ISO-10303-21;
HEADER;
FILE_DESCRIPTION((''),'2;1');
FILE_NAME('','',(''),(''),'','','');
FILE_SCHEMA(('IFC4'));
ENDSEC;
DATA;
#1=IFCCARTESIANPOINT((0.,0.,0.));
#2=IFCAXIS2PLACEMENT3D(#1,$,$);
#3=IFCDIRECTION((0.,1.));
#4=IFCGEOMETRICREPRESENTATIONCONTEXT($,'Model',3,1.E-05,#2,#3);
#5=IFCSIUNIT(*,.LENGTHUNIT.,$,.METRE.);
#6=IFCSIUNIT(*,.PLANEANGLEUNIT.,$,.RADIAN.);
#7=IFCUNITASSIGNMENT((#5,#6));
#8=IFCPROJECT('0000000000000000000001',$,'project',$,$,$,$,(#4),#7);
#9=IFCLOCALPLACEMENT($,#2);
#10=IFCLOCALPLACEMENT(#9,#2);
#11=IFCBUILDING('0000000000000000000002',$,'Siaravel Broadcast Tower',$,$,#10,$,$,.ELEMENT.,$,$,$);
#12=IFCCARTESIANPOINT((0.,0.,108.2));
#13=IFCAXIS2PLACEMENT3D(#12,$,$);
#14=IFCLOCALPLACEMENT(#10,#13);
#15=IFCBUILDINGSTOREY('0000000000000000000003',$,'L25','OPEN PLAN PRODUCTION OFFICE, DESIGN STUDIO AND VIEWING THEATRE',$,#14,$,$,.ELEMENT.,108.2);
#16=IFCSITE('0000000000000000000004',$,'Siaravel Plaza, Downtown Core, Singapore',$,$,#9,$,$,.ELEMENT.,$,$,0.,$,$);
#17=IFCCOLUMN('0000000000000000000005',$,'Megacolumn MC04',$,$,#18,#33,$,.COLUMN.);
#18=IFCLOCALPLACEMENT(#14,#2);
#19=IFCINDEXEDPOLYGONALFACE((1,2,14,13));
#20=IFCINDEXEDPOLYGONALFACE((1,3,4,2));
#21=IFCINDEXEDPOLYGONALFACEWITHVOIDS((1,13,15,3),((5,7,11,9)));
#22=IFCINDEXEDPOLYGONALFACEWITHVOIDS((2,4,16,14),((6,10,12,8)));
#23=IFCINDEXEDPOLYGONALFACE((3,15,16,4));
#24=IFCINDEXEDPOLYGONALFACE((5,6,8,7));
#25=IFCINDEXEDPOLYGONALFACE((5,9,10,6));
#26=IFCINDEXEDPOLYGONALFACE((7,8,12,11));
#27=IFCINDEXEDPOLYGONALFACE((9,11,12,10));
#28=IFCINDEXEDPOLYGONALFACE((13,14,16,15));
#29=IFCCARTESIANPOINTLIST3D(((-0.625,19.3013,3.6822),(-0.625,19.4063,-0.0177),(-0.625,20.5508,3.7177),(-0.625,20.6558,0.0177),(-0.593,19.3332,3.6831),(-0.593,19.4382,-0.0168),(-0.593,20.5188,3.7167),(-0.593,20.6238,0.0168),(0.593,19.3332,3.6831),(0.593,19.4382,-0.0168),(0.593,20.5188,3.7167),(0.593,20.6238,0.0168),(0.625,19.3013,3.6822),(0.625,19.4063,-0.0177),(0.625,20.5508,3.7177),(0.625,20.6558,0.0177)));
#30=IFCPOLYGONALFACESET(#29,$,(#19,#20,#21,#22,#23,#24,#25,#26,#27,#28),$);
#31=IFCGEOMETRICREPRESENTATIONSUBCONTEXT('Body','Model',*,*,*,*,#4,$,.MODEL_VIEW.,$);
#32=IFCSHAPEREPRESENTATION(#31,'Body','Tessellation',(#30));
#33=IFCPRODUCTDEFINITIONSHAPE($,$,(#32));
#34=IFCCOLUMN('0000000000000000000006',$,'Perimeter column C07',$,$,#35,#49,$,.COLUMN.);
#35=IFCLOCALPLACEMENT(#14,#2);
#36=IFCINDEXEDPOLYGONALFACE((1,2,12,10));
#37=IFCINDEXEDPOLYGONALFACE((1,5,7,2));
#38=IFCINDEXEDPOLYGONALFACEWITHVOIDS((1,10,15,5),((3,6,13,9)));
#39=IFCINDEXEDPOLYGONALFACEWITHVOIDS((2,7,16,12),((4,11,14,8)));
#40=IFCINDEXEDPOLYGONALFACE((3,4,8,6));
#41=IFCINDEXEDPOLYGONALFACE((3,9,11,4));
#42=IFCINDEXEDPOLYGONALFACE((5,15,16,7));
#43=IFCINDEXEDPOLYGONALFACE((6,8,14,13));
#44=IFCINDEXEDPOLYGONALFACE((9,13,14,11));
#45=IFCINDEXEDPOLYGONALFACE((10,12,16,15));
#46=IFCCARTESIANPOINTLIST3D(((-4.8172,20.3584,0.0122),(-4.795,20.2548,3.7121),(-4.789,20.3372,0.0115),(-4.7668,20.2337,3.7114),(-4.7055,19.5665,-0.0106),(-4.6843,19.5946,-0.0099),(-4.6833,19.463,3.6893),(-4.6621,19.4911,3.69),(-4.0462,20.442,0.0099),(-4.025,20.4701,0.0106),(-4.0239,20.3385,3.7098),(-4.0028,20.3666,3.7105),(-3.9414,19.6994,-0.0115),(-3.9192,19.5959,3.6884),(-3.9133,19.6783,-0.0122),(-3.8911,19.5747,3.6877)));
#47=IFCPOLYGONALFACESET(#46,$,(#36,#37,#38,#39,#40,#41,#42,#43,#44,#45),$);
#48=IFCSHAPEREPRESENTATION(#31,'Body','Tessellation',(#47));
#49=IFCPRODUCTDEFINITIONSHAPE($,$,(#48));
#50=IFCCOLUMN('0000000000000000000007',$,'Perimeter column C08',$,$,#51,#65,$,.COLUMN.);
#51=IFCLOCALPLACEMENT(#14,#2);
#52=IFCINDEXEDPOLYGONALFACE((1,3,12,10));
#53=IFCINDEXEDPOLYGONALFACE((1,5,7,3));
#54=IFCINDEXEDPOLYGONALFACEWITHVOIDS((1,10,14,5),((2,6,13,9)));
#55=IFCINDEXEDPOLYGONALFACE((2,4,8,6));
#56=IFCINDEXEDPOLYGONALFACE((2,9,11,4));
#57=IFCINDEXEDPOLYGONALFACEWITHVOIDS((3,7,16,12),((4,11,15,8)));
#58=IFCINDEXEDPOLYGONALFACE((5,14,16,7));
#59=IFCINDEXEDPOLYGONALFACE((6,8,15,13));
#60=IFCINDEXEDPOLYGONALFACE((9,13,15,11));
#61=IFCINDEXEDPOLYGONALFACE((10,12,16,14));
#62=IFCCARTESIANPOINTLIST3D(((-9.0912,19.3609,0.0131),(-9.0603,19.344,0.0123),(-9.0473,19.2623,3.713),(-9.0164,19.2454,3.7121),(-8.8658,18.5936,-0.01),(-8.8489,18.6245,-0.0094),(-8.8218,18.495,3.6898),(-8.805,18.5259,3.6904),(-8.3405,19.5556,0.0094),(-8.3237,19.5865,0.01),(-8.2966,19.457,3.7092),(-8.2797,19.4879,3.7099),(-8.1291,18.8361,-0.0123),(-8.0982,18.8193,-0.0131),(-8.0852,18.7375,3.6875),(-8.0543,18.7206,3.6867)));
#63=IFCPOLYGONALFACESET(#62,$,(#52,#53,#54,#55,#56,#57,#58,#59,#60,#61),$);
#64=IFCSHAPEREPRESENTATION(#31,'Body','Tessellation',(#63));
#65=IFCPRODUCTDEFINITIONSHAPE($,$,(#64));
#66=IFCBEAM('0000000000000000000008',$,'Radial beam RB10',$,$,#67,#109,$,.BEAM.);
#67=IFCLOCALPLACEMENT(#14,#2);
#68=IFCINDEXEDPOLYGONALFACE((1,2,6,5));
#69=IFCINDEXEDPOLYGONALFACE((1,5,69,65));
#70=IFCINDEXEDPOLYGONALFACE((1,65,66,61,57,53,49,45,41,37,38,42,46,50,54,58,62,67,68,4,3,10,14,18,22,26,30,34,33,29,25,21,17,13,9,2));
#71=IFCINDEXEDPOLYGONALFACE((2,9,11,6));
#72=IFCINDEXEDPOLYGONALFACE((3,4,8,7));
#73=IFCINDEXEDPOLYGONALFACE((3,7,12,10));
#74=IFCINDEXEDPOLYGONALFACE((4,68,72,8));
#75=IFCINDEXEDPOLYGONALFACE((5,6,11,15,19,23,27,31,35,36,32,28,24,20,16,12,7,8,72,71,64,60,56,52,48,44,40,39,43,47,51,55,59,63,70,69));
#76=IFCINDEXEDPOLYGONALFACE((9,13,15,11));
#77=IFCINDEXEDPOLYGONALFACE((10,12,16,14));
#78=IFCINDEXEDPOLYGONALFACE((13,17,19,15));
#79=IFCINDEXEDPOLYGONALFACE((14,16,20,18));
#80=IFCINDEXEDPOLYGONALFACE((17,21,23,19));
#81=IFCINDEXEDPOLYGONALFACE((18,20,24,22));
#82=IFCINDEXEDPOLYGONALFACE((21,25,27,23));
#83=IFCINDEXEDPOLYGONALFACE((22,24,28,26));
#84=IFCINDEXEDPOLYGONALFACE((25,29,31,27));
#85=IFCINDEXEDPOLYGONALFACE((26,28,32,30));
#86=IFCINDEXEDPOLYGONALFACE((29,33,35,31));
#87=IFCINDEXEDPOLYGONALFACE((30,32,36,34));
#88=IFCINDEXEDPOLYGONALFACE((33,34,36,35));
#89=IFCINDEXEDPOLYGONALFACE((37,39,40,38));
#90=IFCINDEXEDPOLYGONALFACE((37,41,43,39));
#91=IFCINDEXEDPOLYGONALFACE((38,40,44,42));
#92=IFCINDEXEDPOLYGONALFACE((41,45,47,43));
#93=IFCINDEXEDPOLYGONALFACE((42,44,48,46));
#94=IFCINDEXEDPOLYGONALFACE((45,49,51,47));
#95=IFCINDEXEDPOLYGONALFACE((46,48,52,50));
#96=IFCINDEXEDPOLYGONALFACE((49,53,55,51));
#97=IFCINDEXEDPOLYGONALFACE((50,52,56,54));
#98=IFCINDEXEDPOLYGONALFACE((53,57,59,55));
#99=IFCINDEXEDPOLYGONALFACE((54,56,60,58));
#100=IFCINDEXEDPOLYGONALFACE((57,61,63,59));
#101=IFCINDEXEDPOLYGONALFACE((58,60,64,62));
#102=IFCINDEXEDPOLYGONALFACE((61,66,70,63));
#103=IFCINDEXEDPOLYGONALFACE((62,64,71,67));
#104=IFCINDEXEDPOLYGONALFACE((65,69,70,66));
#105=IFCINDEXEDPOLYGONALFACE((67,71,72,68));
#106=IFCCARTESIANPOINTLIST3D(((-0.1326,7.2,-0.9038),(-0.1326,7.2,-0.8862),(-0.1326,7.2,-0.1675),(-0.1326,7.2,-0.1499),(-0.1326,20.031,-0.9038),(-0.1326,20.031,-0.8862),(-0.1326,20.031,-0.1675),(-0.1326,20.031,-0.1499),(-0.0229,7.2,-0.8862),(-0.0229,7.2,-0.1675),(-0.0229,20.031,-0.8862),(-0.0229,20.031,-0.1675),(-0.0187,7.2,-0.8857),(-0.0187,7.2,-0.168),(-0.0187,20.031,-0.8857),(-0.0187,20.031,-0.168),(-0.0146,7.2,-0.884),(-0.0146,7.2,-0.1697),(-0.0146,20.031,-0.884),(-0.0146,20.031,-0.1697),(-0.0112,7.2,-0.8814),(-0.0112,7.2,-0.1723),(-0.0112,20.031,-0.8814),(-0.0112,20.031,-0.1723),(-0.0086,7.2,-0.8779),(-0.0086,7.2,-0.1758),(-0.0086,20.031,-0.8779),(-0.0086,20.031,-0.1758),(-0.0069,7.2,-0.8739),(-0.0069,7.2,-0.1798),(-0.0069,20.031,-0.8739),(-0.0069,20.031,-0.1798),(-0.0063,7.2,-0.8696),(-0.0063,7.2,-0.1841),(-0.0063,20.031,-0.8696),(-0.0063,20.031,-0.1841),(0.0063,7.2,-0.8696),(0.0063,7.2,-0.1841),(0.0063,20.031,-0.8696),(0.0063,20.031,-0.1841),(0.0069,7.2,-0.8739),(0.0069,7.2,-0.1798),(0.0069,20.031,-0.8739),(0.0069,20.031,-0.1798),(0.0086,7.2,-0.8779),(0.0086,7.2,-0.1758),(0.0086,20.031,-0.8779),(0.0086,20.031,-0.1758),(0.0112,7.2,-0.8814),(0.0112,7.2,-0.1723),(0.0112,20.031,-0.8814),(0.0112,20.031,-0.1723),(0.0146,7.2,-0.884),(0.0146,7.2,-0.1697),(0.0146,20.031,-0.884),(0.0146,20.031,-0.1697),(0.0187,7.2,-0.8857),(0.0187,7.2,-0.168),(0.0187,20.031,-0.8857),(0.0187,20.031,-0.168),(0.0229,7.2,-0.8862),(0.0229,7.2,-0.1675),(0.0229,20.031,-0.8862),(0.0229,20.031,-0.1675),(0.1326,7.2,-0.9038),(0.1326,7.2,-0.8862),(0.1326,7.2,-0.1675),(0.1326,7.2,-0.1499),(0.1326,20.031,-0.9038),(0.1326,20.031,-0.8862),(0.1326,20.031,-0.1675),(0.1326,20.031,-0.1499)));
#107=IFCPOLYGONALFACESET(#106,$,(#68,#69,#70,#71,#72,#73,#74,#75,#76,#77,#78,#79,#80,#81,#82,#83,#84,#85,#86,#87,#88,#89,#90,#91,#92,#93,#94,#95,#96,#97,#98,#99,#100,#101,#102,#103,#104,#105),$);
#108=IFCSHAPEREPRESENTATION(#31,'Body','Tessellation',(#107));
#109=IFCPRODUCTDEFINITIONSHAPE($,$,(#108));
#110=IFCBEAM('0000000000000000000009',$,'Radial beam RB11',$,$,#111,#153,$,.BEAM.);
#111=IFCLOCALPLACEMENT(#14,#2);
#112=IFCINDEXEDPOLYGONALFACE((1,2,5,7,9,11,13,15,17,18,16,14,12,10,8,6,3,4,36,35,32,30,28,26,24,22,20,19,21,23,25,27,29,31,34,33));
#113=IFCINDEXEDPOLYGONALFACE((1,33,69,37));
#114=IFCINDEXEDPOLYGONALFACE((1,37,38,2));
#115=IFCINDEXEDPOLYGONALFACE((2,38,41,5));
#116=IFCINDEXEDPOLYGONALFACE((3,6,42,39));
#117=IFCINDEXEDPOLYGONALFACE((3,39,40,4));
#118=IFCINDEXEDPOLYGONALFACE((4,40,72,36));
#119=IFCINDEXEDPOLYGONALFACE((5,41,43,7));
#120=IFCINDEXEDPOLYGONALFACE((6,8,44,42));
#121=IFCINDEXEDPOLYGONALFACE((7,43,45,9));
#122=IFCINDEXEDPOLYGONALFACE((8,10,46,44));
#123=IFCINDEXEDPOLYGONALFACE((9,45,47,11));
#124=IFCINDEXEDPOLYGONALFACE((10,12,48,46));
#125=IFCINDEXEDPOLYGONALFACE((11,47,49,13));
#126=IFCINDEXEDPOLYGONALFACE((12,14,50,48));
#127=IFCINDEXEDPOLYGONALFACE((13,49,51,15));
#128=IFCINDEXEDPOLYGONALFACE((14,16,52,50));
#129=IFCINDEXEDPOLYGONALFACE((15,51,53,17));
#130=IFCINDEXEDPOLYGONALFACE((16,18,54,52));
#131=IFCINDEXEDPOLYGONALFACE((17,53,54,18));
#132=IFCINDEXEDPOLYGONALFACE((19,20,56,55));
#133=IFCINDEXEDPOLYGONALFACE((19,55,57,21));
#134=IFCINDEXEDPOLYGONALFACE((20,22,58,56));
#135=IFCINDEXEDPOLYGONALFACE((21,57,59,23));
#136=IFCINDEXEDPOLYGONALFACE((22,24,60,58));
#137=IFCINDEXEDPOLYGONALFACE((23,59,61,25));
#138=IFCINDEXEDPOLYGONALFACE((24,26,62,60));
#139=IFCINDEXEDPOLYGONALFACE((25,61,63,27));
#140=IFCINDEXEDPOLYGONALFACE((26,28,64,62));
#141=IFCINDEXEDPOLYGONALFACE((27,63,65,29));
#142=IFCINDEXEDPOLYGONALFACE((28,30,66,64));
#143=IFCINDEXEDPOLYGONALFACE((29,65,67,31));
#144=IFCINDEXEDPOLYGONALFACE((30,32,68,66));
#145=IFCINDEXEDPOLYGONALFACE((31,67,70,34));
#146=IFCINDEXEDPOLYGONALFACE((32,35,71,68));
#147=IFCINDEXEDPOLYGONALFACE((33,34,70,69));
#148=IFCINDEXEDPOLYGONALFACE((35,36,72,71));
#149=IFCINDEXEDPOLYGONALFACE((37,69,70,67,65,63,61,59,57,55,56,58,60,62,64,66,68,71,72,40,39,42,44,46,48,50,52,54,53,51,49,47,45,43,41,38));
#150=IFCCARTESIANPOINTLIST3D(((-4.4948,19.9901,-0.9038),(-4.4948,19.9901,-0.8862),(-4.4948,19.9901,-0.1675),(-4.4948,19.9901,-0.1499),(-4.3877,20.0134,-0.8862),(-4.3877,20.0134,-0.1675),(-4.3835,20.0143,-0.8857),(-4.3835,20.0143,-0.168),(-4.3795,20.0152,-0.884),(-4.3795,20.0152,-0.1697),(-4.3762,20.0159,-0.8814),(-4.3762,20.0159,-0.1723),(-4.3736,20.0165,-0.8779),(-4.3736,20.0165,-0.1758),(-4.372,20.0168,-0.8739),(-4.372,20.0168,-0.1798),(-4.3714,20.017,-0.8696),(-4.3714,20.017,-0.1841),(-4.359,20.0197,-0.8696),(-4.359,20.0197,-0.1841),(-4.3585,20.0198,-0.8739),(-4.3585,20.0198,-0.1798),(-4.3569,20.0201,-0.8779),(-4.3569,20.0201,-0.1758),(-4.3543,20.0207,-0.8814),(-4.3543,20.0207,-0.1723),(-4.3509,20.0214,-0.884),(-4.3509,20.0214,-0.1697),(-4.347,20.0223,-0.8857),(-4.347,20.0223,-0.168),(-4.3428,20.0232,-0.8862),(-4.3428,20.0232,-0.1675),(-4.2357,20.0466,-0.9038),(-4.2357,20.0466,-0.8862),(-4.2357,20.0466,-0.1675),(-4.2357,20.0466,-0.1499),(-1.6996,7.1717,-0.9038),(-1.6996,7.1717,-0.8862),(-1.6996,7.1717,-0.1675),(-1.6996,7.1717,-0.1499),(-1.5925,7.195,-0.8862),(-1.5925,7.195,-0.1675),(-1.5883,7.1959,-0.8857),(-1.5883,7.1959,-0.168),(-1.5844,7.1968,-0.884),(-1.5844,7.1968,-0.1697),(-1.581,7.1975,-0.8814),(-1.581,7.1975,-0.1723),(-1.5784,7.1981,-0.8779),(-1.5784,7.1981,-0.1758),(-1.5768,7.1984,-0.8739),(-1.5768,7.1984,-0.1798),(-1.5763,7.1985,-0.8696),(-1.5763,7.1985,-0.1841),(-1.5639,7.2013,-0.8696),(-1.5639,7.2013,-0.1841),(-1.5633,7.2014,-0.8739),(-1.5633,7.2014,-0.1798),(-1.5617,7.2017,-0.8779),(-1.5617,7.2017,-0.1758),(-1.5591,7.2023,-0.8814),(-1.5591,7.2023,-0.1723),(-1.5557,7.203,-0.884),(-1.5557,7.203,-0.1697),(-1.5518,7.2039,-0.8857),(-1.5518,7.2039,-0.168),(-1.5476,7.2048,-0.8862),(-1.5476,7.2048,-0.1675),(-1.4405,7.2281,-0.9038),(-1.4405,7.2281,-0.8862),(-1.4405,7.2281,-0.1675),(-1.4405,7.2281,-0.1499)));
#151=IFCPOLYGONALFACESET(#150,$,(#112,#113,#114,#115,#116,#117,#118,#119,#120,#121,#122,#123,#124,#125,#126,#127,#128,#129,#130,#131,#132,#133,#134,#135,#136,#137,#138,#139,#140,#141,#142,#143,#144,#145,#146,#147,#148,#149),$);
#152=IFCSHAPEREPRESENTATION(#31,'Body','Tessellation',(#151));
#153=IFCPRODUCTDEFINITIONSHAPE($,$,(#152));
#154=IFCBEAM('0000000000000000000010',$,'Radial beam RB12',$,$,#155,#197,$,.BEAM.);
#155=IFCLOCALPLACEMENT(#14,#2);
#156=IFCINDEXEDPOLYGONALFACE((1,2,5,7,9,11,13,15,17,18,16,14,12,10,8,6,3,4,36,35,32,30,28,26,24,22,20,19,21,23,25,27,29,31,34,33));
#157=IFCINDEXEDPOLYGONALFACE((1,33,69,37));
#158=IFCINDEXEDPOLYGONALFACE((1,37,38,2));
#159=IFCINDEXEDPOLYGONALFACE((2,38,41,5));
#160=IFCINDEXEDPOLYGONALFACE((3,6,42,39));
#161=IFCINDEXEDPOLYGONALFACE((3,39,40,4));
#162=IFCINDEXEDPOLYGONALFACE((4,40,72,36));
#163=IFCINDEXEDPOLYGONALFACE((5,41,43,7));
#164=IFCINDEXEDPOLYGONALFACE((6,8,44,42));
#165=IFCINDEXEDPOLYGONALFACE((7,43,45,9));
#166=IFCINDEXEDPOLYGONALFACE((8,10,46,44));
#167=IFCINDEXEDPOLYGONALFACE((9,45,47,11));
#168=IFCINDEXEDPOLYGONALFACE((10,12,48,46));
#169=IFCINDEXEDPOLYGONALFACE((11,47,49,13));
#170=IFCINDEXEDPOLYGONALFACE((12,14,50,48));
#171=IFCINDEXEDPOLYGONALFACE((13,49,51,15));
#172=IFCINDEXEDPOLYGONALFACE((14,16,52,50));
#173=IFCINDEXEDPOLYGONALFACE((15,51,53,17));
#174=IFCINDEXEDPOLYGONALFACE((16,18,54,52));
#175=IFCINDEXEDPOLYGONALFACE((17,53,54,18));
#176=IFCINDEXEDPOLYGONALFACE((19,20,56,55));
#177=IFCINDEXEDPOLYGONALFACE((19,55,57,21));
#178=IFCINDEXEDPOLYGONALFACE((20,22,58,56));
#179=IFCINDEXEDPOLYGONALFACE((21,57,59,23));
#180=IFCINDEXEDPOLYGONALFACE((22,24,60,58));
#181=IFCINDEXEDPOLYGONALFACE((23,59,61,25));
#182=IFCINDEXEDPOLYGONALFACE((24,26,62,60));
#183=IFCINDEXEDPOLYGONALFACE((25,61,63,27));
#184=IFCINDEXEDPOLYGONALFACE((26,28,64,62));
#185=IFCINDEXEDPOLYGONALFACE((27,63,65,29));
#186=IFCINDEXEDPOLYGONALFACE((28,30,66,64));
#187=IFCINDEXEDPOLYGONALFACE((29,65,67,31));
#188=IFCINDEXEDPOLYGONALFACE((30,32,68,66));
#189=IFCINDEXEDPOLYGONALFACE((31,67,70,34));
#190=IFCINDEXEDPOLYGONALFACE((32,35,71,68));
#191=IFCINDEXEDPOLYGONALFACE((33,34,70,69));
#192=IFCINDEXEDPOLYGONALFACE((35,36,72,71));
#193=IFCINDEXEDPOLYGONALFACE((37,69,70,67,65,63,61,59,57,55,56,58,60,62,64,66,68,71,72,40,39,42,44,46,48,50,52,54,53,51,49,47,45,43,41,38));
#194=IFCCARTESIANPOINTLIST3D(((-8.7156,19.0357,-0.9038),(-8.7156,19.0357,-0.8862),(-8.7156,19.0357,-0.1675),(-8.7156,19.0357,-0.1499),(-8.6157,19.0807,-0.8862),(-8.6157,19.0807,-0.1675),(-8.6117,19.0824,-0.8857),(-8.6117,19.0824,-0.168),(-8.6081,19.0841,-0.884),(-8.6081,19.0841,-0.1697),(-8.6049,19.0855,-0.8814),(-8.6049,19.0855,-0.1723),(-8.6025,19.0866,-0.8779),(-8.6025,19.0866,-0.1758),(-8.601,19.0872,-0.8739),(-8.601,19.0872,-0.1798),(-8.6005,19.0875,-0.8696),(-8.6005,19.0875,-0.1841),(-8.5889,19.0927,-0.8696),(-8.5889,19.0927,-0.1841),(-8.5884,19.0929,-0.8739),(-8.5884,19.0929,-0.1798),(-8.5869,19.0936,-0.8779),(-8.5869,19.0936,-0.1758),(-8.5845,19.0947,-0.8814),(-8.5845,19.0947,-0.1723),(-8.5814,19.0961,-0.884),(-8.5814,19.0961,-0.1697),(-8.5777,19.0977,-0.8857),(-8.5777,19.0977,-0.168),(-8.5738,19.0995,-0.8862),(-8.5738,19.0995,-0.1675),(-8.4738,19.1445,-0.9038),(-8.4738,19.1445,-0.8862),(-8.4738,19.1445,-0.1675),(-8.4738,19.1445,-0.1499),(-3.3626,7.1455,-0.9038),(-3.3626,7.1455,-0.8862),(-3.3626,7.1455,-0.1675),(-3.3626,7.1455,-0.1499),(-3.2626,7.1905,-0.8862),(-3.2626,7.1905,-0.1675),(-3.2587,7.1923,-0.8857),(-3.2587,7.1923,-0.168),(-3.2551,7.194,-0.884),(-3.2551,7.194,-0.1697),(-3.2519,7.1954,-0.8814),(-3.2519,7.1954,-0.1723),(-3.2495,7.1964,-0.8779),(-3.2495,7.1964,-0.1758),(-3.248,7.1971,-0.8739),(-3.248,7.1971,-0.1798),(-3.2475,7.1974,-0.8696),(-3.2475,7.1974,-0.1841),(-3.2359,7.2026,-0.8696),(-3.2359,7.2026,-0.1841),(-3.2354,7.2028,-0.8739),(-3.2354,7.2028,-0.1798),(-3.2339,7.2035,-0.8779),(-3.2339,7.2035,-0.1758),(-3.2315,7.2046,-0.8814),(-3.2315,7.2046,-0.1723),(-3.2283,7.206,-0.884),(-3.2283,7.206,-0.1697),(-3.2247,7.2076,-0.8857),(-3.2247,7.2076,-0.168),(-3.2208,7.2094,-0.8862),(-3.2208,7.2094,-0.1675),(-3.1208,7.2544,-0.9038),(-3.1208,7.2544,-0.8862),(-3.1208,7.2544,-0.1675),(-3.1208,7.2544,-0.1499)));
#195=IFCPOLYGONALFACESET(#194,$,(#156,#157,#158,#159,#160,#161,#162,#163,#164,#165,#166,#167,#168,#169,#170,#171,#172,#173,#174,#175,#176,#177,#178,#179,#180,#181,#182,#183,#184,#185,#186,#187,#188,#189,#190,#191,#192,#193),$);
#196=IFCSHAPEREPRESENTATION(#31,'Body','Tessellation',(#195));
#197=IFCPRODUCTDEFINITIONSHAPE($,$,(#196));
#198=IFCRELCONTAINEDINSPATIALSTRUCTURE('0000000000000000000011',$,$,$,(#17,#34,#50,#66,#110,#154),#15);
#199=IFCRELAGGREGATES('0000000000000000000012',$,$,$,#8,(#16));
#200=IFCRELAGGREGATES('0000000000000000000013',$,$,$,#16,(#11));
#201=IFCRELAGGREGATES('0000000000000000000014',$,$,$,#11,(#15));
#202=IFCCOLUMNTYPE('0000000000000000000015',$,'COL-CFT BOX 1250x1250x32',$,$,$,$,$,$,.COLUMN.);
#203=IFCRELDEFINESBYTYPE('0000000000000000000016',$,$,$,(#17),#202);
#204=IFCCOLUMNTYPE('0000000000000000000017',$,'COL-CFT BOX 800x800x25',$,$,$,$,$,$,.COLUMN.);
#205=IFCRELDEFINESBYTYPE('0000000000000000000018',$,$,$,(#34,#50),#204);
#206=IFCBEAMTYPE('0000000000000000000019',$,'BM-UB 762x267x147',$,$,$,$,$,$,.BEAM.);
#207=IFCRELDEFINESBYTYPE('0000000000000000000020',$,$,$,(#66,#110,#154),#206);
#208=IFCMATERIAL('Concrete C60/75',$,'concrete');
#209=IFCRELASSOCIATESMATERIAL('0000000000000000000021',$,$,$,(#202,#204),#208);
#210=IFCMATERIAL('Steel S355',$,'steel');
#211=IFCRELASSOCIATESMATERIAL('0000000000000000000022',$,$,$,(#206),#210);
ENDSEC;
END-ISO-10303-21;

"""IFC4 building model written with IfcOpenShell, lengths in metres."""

from ifc_helpers import new_model, si_unit, direction, frame, origin, origin_2d, place, context, subcontext, project, spatial, hollow_rectangle, i_section, extrude, material, material_profile, profile_set, type_object, element, save


model = new_model("IFC4")

# Units and contexts
model_context = context("Model", 3, precision=1e-05, world=origin(), true_north=direction((0.0, 1.0)))
body_context = subcontext(model_context, "Body", "Model", "MODEL_VIEW")
ifc_project = project(units=[si_unit("LENGTHUNIT", "METRE"), si_unit("PLANEANGLEUNIT", "RADIAN")], contexts=[model_context])

# Site, building, storey
site_placement = place(None, origin())
site = spatial("IfcSite", under=ifc_project, at=site_placement, Name="Siaravel Plaza, Downtown Core, Singapore", CompositionType="ELEMENT", RefElevation=0.0)
building_placement = place(site_placement, origin())
building = spatial("IfcBuilding", under=site, at=building_placement, Name="Siaravel Broadcast Tower", CompositionType="ELEMENT")
storey_placement = place(building_placement, frame((0.0, 0.0, 108.2)))
storey = spatial("IfcBuildingStorey", under=building, at=storey_placement, Name="L25", Description="OPEN PLAN PRODUCTION OFFICE, DESIGN STUDIO AND VIEWING THEATRE", CompositionType="ELEMENT", Elevation=108.2)

# Columns
ifc_material_1 = material(Name="Concrete C60/75", Category="concrete")
ifc_material_profile_1 = material_profile(ifc_material_1, hollow_rectangle(XDim=1.25, YDim=1.25, WallThickness=0.032, at=origin_2d()))
ifc_profile_set_1 = profile_set([ifc_material_profile_1], Name="Concrete C60/75")
column_type_1 = type_object("IfcColumnType", Name="COL-CFT BOX 1250x1250x32", PredefinedType="COLUMN", material=ifc_profile_set_1)
column_placement = place(storey_placement, frame((0.0, 20.031, 0.0), z_axis=(0.0, -0.028362, 0.999598), x_axis=(1.0, 0.0, 0.0)))
element("IfcColumn", 1, at=column_placement, inside=storey, type_object=column_type_1, Name="Megacolumn MC04", PredefinedType="COLUMN", context=body_context, shape_type="SweptSolid", body=[
    extrude(hollow_rectangle(XDim=1.25, YDim=1.25, WallThickness=0.032, at=origin_2d()), origin(), (0.0, 0.0, 1.0), 3.7014),
])
ifc_material_profile_2 = material_profile(ifc_material_1, hollow_rectangle(XDim=0.8, YDim=0.8, WallThickness=0.0249, at=origin_2d()))
ifc_profile_set_2 = profile_set([ifc_material_profile_2], Name="Concrete C60/75")
column_type_2 = type_object("IfcColumnType", Name="COL-CFT BOX 800x800x25", PredefinedType="COLUMN", material=ifc_profile_set_2)
for number, where, z_axis, x_axis, name in (
    (2, (-4.3652, 20.0183, 0.0), (0.006002, -0.027966, 0.999591), (0.990188, 0.139724, -0.002037), "Perimeter column C07"),
    (3, (-8.5947, 19.0901, 0.0), (0.011872, -0.026647, 0.999574), (0.959399, 0.282026, -0.003877), "Perimeter column C08"),
):
    element("IfcColumn", number, at=place(storey_placement, frame(where, z_axis=z_axis, x_axis=x_axis)), inside=storey, type_object=column_type_2, Name=name, PredefinedType="COLUMN", context=body_context, shape_type="SweptSolid", body=[
        extrude(hollow_rectangle(XDim=0.8, YDim=0.8, WallThickness=0.0249, at=origin_2d()), origin(), (0.0, 0.0, 1.0), 3.7014),
    ])

# Beams
ifc_material_2 = material(Name="Steel S355", Category="steel")
ifc_material_profile_3 = material_profile(ifc_material_2, i_section(OverallWidth=0.2651, OverallDepth=0.7539, WebThickness=0.0127, FlangeThickness=0.0176, FilletRadius=0.0166, at=origin_2d()))
ifc_profile_set_3 = profile_set([ifc_material_profile_3], Name="Steel S355")
beam_type = type_object("IfcBeamType", Name="BM-UB 762x267x147", PredefinedType="BEAM", material=ifc_profile_set_3)
beam_1_placement = place(storey_placement, frame((0.0, 20.031, -0.5269), z_axis=(0.0, -1.0, 0.0), x_axis=(1.0, 0.0, 0.0)))
element("IfcBeam", 4, at=beam_1_placement, inside=storey, type_object=beam_type, Name="Radial beam RB10", PredefinedType="BEAM", context=body_context, shape_type="SweptSolid", body=[
    extrude(i_section(OverallWidth=0.2651, OverallDepth=0.7539, WebThickness=0.0127, FlangeThickness=0.0176, FilletRadius=0.0166, at=origin_2d()), origin(), (0.0, 0.0, 1.0), 12.8311),
])
beam_2_placement = place(storey_placement, frame((-4.3652, 20.0183, -0.5269), z_axis=(0.213053, -0.977041, 0.0), x_axis=(0.977041, 0.213053, 0.0)))
element("IfcBeam", 5, at=beam_2_placement, inside=storey, type_object=beam_type, Name="Radial beam RB11", PredefinedType="BEAM", context=body_context, shape_type="SweptSolid", body=[
    extrude(i_section(OverallWidth=0.2651, OverallDepth=0.7539, WebThickness=0.0127, FlangeThickness=0.0176, FilletRadius=0.0166, at=origin_2d()), origin(), (0.0, 0.0, 1.0), 13.1196),
])
beam_3_placement = place(storey_placement, frame((-8.5947, 19.0901, -0.5269), z_axis=(0.410522, -0.911851, 0.0), x_axis=(0.911851, 0.410522, 0.0)))
element("IfcBeam", 6, at=beam_3_placement, inside=storey, type_object=beam_type, Name="Radial beam RB12", PredefinedType="BEAM", context=body_context, shape_type="SweptSolid", body=[
    extrude(i_section(OverallWidth=0.2651, OverallDepth=0.7539, WebThickness=0.0127, FlangeThickness=0.0176, FilletRadius=0.0166, at=origin_2d()), origin(), (0.0, 0.0, 1.0), 13.0396),
])

save(model, "model.ifc")
